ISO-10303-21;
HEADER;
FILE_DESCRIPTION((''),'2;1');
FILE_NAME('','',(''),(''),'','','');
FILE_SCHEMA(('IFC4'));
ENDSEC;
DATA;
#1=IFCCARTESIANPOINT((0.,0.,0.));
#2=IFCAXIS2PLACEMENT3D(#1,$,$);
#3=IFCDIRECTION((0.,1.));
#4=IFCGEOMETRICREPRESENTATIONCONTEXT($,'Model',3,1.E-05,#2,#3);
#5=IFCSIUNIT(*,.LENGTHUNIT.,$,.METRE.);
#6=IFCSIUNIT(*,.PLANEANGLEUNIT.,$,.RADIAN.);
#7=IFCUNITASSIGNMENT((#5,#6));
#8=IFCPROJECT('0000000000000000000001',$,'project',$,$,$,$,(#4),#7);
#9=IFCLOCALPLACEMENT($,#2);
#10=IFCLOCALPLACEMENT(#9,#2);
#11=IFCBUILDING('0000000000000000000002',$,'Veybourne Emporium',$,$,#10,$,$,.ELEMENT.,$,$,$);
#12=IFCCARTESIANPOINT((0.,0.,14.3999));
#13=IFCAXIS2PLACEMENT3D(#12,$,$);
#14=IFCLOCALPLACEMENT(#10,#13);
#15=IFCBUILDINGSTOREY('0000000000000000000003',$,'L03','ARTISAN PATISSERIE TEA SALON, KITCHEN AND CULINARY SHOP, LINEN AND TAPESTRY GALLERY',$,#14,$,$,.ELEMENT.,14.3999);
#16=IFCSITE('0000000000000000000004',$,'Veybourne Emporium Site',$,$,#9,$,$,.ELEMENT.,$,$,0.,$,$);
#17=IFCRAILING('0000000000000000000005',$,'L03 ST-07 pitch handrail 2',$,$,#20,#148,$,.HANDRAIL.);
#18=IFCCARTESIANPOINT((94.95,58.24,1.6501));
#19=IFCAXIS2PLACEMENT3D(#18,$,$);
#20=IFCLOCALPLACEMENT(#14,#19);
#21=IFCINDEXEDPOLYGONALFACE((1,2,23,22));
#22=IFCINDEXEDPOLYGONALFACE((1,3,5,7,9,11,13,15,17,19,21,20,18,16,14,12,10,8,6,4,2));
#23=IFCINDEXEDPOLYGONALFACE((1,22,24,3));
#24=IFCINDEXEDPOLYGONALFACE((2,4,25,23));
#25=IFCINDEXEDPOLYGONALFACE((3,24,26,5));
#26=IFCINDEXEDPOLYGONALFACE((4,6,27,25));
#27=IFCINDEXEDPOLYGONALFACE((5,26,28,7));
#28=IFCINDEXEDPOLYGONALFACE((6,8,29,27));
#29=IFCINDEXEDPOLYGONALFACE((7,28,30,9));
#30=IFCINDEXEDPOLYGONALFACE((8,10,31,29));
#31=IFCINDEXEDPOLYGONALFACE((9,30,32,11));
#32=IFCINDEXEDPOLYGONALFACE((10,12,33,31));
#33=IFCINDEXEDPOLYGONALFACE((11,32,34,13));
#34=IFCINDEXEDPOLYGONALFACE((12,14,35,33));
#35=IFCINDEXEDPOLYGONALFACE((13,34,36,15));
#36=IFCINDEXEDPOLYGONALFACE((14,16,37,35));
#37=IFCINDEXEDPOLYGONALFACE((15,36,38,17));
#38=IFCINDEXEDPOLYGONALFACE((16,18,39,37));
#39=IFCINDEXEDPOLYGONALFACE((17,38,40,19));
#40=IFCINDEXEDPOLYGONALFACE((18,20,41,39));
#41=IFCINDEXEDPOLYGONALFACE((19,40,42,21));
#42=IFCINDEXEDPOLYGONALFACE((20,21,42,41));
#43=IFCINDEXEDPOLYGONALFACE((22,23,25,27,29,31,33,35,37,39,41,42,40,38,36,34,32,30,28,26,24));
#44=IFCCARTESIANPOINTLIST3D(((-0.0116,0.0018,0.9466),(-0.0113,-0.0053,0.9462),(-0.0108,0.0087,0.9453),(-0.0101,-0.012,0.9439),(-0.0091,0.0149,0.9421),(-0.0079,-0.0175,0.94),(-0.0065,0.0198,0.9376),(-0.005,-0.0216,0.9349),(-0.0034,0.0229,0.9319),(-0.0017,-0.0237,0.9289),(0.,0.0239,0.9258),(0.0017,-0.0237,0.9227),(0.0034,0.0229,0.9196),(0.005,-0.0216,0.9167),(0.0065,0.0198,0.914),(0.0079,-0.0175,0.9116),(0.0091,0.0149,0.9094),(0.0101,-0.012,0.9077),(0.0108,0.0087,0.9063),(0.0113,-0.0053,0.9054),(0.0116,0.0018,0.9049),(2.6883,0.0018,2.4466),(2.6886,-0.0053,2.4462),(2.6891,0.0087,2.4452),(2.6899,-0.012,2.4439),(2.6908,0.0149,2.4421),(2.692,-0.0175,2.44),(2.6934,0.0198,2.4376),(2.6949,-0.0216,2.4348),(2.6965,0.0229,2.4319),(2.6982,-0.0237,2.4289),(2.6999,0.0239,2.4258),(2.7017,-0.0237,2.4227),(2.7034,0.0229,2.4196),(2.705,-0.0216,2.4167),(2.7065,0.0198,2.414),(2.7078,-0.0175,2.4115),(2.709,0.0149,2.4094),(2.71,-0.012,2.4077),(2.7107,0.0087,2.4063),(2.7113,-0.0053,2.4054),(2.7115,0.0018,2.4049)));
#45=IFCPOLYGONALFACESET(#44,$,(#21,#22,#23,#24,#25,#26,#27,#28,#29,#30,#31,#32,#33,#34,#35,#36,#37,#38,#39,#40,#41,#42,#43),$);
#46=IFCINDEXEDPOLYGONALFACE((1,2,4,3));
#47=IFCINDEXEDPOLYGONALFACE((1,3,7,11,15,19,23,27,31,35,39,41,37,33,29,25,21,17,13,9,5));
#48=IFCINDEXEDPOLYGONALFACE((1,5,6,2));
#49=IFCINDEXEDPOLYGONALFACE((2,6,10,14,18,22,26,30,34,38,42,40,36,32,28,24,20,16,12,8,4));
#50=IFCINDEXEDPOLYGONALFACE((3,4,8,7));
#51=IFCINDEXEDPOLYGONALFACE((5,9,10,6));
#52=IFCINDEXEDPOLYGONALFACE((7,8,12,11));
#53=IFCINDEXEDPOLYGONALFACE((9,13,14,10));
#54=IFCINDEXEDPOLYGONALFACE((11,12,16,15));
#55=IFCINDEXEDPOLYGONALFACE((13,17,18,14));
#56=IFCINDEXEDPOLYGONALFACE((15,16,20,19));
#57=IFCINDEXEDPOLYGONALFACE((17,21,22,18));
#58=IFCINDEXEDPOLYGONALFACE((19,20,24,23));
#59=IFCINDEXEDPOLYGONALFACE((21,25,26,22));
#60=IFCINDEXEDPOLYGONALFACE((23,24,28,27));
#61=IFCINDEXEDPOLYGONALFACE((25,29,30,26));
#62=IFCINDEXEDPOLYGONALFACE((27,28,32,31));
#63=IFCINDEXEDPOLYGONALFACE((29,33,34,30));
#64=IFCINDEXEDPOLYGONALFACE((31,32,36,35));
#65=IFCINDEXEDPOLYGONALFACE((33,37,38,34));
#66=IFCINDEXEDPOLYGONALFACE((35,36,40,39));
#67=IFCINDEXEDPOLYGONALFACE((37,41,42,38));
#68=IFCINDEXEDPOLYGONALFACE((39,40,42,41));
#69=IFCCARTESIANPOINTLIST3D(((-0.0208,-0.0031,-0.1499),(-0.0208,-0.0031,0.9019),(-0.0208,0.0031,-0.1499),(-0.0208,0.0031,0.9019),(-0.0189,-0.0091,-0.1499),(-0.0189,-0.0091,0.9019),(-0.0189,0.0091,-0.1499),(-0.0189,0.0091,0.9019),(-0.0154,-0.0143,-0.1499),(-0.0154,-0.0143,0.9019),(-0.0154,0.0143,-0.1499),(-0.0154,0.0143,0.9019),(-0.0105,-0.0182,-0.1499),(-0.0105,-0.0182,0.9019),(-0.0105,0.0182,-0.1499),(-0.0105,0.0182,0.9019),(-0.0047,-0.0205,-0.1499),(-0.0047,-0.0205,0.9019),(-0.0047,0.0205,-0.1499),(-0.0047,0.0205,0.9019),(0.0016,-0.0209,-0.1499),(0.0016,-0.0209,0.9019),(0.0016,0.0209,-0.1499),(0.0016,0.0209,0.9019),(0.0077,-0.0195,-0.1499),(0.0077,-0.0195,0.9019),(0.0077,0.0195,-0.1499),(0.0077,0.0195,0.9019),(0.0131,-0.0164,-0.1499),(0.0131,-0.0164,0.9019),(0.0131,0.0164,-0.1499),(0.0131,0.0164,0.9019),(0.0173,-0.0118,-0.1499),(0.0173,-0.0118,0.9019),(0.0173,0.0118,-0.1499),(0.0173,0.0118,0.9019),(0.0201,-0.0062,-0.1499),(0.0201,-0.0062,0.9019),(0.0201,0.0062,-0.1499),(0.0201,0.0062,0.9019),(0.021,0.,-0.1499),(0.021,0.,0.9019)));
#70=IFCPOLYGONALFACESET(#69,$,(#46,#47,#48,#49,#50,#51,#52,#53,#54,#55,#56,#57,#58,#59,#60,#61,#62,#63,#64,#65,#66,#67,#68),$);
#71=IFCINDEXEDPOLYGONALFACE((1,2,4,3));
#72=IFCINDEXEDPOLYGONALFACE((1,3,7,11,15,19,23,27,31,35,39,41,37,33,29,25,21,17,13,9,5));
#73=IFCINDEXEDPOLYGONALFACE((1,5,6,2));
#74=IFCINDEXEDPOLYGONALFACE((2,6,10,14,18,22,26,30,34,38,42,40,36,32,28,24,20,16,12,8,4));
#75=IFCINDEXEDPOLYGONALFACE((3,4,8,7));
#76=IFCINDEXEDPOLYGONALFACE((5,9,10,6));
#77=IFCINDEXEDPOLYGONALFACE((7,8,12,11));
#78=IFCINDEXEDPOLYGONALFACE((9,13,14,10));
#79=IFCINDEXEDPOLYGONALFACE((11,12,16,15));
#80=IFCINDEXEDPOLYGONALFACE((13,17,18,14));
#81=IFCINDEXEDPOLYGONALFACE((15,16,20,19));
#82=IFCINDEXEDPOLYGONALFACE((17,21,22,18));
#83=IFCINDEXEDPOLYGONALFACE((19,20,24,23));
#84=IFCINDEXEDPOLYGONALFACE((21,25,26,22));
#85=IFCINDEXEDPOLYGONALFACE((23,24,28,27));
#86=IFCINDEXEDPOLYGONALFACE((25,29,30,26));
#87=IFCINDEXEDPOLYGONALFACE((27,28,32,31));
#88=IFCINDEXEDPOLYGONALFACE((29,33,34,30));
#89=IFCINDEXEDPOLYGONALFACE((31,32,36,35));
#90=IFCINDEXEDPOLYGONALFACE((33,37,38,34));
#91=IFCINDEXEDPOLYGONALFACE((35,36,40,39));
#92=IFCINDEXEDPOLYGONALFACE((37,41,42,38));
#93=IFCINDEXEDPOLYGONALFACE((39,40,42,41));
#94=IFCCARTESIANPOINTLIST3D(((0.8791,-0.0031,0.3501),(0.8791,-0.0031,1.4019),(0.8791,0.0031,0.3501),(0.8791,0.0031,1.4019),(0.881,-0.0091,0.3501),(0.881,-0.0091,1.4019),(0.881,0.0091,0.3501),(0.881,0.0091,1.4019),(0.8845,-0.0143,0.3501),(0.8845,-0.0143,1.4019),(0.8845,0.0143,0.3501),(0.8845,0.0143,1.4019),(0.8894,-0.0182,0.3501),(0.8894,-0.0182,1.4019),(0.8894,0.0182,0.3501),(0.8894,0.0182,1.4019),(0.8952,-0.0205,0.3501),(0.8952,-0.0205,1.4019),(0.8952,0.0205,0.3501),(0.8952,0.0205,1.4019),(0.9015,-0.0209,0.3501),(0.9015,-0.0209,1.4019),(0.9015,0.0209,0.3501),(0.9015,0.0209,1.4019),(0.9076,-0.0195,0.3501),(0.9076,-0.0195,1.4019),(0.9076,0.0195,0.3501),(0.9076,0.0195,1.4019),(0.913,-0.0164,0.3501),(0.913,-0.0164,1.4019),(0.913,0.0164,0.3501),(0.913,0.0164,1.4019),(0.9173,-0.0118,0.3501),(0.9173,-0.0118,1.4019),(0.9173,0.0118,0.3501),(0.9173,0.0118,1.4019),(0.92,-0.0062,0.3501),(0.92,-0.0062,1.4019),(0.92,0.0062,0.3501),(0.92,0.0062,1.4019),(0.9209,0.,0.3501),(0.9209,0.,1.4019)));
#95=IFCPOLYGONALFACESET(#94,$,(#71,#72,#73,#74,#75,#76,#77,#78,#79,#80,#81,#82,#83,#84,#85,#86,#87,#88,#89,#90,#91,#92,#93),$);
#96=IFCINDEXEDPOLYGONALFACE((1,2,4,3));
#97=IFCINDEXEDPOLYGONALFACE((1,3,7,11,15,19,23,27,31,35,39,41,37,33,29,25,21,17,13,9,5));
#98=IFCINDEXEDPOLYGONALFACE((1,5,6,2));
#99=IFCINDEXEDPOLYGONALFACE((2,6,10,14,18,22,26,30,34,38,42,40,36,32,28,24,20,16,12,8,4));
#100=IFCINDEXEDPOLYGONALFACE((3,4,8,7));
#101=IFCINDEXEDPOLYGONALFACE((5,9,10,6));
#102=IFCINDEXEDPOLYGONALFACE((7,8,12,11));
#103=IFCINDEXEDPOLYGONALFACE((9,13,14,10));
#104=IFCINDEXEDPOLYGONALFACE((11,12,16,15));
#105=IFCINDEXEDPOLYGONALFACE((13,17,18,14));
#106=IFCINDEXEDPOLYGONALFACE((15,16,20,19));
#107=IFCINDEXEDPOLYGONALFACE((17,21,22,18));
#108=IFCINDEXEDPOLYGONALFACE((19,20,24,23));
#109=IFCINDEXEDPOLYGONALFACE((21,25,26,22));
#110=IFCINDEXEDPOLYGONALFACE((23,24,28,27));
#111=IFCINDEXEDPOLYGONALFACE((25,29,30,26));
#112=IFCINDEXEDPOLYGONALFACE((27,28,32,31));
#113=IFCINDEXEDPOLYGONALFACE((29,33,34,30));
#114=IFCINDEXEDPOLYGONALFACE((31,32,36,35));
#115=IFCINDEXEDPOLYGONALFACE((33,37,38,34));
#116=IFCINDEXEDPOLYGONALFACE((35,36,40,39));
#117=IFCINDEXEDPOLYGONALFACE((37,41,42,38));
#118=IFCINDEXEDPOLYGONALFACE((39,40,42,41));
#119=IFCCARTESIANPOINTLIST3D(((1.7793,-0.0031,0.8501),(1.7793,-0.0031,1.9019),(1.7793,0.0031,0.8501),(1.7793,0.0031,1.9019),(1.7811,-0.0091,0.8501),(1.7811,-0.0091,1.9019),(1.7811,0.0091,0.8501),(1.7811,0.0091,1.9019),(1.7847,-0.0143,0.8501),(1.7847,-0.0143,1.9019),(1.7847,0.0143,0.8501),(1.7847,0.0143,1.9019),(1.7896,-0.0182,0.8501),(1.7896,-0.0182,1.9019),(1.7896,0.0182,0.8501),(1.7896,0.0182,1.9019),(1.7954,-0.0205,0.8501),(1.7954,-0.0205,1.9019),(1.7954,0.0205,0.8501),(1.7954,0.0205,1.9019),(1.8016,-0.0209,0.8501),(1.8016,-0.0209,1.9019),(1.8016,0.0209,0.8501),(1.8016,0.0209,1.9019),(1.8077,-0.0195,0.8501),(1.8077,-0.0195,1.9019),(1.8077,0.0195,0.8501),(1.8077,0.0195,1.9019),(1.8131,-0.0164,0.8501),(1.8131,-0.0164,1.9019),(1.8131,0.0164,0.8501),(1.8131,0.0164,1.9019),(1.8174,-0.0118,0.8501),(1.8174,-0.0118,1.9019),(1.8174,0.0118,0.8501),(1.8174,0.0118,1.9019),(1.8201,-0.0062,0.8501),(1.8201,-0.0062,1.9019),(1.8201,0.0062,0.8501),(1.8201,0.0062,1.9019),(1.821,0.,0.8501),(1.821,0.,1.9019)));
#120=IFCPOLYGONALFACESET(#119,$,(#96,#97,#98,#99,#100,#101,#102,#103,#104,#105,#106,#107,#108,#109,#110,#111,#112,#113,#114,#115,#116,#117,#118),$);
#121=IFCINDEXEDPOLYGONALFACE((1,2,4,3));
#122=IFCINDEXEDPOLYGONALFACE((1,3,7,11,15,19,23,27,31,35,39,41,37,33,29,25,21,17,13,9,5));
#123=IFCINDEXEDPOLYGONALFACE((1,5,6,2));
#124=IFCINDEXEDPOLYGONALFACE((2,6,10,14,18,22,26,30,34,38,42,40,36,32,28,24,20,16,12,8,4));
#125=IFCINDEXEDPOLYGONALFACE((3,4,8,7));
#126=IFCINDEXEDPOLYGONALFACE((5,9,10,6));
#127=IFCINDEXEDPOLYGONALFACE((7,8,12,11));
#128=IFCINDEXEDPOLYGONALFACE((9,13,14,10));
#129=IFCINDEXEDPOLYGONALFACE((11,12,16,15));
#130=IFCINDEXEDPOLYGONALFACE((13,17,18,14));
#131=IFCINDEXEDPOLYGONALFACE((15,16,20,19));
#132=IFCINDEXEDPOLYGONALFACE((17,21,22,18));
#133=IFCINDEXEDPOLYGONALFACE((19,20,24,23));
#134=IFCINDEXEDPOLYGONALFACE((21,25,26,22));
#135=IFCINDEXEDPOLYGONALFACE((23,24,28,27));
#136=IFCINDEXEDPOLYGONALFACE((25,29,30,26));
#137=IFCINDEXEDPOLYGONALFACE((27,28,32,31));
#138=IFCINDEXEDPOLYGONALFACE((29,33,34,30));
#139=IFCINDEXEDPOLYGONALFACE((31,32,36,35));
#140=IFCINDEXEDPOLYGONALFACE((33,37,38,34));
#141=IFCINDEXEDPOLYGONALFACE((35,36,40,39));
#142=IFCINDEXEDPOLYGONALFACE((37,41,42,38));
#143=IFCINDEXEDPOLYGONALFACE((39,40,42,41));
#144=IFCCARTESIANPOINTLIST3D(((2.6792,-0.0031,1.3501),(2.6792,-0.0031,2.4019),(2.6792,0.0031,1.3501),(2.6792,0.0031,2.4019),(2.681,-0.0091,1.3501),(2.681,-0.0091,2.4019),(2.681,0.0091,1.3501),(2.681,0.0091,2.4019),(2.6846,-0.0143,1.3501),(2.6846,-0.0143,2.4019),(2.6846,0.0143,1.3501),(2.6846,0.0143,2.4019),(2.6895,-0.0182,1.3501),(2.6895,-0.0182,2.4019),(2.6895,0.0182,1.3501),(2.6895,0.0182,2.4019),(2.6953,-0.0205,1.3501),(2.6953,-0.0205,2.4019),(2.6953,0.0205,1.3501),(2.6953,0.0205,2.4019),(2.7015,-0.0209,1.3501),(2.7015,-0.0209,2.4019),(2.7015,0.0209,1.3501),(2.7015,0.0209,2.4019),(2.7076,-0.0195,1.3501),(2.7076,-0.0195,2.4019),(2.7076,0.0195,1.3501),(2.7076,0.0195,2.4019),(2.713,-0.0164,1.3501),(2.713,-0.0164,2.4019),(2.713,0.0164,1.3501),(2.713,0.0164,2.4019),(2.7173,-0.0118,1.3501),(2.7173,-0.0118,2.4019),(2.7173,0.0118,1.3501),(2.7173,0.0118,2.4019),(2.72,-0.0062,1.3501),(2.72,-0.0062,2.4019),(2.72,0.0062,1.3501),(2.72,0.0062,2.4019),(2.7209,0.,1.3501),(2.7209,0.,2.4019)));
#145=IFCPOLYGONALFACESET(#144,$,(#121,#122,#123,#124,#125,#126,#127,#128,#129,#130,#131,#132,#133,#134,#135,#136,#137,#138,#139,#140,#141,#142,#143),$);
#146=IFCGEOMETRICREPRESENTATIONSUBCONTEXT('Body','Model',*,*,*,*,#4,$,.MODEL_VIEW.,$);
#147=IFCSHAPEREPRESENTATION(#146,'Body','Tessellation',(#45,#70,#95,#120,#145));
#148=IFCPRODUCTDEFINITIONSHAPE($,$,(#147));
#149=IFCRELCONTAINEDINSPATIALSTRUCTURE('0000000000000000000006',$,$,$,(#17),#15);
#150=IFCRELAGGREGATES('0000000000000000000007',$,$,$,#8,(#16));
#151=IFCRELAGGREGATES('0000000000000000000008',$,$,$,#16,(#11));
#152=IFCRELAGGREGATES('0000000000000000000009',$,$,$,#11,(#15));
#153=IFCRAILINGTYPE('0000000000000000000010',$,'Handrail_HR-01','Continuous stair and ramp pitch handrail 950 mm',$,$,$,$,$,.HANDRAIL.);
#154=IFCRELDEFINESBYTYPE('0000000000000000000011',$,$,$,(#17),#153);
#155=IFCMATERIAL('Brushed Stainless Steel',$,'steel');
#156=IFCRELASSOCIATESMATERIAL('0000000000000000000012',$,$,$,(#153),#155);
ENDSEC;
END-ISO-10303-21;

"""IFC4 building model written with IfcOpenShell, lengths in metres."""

from ifc_helpers import new_model, si_unit, direction, frame, origin, origin_2d, place, context, subcontext, project, spatial, circle, extrude, material, type_object, element, save


model = new_model("IFC4")

# Units and contexts
model_context = context("Model", 3, precision=1e-05, world=origin(), true_north=direction((0.0, 1.0)))
body_context = subcontext(model_context, "Body", "Model", "MODEL_VIEW")
ifc_project = project(units=[si_unit("LENGTHUNIT", "METRE"), si_unit("PLANEANGLEUNIT", "RADIAN")], contexts=[model_context])

# Site, building, storey
site_placement = place(None, origin())
site = spatial("IfcSite", under=ifc_project, at=site_placement, Name="Veybourne Emporium Site", CompositionType="ELEMENT", RefElevation=0.0)
building_placement = place(site_placement, origin())
building = spatial("IfcBuilding", under=site, at=building_placement, Name="Veybourne Emporium", CompositionType="ELEMENT")
storey_placement = place(building_placement, frame((0.0, 0.0, 14.3999)))
storey = spatial("IfcBuildingStorey", under=building, at=storey_placement, Name="L03", Description="ARTISAN PATISSERIE TEA SALON, KITCHEN AND CULINARY SHOP, LINEN AND TAPESTRY GALLERY", CompositionType="ELEMENT", Elevation=14.3999)

# Railing
ifc_material_1 = material(Name="Brushed Stainless Steel", Category="steel")
railing_type_1 = type_object("IfcRailingType", Name="Handrail_HR-01", Description="Continuous stair and ramp pitch handrail 950 mm", PredefinedType="HANDRAIL", material=ifc_material_1)
railing_1_placement = place(storey_placement, frame((94.95, 58.24, 1.6501)))
element("IfcRailing", 1, at=railing_1_placement, inside=storey, type_object=railing_type_1, Name="L03 ST-07 pitch handrail 2", PredefinedType="HANDRAIL", context=body_context, shape_type="SweptSolid", body=[
    extrude(circle(Radius=0.0239, at=origin_2d()), frame((0.0, 0.0, 0.9258), z_axis=(0.874154, 0.0, 0.48565), x_axis=(0.0, 1.0, 0.0)), (0.0, 0.0, 1.0), 3.0886),
    extrude(circle(Radius=0.021, at=origin_2d()), frame((0.0, 0.0, -0.1499)), (0.0, 0.0, 1.0), 1.0518),
    extrude(circle(Radius=0.021, at=origin_2d()), frame((0.8999, 0.0, 0.3501)), (0.0, 0.0, 1.0), 1.0518),
    extrude(circle(Radius=0.021, at=origin_2d()), frame((1.8, 0.0, 0.8501)), (0.0, 0.0, 1.0), 1.0518),
    extrude(circle(Radius=0.021, at=origin_2d()), frame((2.7, 0.0, 1.3501)), (0.0, 0.0, 1.0), 1.0518),
])

save(model, "model.ifc")
